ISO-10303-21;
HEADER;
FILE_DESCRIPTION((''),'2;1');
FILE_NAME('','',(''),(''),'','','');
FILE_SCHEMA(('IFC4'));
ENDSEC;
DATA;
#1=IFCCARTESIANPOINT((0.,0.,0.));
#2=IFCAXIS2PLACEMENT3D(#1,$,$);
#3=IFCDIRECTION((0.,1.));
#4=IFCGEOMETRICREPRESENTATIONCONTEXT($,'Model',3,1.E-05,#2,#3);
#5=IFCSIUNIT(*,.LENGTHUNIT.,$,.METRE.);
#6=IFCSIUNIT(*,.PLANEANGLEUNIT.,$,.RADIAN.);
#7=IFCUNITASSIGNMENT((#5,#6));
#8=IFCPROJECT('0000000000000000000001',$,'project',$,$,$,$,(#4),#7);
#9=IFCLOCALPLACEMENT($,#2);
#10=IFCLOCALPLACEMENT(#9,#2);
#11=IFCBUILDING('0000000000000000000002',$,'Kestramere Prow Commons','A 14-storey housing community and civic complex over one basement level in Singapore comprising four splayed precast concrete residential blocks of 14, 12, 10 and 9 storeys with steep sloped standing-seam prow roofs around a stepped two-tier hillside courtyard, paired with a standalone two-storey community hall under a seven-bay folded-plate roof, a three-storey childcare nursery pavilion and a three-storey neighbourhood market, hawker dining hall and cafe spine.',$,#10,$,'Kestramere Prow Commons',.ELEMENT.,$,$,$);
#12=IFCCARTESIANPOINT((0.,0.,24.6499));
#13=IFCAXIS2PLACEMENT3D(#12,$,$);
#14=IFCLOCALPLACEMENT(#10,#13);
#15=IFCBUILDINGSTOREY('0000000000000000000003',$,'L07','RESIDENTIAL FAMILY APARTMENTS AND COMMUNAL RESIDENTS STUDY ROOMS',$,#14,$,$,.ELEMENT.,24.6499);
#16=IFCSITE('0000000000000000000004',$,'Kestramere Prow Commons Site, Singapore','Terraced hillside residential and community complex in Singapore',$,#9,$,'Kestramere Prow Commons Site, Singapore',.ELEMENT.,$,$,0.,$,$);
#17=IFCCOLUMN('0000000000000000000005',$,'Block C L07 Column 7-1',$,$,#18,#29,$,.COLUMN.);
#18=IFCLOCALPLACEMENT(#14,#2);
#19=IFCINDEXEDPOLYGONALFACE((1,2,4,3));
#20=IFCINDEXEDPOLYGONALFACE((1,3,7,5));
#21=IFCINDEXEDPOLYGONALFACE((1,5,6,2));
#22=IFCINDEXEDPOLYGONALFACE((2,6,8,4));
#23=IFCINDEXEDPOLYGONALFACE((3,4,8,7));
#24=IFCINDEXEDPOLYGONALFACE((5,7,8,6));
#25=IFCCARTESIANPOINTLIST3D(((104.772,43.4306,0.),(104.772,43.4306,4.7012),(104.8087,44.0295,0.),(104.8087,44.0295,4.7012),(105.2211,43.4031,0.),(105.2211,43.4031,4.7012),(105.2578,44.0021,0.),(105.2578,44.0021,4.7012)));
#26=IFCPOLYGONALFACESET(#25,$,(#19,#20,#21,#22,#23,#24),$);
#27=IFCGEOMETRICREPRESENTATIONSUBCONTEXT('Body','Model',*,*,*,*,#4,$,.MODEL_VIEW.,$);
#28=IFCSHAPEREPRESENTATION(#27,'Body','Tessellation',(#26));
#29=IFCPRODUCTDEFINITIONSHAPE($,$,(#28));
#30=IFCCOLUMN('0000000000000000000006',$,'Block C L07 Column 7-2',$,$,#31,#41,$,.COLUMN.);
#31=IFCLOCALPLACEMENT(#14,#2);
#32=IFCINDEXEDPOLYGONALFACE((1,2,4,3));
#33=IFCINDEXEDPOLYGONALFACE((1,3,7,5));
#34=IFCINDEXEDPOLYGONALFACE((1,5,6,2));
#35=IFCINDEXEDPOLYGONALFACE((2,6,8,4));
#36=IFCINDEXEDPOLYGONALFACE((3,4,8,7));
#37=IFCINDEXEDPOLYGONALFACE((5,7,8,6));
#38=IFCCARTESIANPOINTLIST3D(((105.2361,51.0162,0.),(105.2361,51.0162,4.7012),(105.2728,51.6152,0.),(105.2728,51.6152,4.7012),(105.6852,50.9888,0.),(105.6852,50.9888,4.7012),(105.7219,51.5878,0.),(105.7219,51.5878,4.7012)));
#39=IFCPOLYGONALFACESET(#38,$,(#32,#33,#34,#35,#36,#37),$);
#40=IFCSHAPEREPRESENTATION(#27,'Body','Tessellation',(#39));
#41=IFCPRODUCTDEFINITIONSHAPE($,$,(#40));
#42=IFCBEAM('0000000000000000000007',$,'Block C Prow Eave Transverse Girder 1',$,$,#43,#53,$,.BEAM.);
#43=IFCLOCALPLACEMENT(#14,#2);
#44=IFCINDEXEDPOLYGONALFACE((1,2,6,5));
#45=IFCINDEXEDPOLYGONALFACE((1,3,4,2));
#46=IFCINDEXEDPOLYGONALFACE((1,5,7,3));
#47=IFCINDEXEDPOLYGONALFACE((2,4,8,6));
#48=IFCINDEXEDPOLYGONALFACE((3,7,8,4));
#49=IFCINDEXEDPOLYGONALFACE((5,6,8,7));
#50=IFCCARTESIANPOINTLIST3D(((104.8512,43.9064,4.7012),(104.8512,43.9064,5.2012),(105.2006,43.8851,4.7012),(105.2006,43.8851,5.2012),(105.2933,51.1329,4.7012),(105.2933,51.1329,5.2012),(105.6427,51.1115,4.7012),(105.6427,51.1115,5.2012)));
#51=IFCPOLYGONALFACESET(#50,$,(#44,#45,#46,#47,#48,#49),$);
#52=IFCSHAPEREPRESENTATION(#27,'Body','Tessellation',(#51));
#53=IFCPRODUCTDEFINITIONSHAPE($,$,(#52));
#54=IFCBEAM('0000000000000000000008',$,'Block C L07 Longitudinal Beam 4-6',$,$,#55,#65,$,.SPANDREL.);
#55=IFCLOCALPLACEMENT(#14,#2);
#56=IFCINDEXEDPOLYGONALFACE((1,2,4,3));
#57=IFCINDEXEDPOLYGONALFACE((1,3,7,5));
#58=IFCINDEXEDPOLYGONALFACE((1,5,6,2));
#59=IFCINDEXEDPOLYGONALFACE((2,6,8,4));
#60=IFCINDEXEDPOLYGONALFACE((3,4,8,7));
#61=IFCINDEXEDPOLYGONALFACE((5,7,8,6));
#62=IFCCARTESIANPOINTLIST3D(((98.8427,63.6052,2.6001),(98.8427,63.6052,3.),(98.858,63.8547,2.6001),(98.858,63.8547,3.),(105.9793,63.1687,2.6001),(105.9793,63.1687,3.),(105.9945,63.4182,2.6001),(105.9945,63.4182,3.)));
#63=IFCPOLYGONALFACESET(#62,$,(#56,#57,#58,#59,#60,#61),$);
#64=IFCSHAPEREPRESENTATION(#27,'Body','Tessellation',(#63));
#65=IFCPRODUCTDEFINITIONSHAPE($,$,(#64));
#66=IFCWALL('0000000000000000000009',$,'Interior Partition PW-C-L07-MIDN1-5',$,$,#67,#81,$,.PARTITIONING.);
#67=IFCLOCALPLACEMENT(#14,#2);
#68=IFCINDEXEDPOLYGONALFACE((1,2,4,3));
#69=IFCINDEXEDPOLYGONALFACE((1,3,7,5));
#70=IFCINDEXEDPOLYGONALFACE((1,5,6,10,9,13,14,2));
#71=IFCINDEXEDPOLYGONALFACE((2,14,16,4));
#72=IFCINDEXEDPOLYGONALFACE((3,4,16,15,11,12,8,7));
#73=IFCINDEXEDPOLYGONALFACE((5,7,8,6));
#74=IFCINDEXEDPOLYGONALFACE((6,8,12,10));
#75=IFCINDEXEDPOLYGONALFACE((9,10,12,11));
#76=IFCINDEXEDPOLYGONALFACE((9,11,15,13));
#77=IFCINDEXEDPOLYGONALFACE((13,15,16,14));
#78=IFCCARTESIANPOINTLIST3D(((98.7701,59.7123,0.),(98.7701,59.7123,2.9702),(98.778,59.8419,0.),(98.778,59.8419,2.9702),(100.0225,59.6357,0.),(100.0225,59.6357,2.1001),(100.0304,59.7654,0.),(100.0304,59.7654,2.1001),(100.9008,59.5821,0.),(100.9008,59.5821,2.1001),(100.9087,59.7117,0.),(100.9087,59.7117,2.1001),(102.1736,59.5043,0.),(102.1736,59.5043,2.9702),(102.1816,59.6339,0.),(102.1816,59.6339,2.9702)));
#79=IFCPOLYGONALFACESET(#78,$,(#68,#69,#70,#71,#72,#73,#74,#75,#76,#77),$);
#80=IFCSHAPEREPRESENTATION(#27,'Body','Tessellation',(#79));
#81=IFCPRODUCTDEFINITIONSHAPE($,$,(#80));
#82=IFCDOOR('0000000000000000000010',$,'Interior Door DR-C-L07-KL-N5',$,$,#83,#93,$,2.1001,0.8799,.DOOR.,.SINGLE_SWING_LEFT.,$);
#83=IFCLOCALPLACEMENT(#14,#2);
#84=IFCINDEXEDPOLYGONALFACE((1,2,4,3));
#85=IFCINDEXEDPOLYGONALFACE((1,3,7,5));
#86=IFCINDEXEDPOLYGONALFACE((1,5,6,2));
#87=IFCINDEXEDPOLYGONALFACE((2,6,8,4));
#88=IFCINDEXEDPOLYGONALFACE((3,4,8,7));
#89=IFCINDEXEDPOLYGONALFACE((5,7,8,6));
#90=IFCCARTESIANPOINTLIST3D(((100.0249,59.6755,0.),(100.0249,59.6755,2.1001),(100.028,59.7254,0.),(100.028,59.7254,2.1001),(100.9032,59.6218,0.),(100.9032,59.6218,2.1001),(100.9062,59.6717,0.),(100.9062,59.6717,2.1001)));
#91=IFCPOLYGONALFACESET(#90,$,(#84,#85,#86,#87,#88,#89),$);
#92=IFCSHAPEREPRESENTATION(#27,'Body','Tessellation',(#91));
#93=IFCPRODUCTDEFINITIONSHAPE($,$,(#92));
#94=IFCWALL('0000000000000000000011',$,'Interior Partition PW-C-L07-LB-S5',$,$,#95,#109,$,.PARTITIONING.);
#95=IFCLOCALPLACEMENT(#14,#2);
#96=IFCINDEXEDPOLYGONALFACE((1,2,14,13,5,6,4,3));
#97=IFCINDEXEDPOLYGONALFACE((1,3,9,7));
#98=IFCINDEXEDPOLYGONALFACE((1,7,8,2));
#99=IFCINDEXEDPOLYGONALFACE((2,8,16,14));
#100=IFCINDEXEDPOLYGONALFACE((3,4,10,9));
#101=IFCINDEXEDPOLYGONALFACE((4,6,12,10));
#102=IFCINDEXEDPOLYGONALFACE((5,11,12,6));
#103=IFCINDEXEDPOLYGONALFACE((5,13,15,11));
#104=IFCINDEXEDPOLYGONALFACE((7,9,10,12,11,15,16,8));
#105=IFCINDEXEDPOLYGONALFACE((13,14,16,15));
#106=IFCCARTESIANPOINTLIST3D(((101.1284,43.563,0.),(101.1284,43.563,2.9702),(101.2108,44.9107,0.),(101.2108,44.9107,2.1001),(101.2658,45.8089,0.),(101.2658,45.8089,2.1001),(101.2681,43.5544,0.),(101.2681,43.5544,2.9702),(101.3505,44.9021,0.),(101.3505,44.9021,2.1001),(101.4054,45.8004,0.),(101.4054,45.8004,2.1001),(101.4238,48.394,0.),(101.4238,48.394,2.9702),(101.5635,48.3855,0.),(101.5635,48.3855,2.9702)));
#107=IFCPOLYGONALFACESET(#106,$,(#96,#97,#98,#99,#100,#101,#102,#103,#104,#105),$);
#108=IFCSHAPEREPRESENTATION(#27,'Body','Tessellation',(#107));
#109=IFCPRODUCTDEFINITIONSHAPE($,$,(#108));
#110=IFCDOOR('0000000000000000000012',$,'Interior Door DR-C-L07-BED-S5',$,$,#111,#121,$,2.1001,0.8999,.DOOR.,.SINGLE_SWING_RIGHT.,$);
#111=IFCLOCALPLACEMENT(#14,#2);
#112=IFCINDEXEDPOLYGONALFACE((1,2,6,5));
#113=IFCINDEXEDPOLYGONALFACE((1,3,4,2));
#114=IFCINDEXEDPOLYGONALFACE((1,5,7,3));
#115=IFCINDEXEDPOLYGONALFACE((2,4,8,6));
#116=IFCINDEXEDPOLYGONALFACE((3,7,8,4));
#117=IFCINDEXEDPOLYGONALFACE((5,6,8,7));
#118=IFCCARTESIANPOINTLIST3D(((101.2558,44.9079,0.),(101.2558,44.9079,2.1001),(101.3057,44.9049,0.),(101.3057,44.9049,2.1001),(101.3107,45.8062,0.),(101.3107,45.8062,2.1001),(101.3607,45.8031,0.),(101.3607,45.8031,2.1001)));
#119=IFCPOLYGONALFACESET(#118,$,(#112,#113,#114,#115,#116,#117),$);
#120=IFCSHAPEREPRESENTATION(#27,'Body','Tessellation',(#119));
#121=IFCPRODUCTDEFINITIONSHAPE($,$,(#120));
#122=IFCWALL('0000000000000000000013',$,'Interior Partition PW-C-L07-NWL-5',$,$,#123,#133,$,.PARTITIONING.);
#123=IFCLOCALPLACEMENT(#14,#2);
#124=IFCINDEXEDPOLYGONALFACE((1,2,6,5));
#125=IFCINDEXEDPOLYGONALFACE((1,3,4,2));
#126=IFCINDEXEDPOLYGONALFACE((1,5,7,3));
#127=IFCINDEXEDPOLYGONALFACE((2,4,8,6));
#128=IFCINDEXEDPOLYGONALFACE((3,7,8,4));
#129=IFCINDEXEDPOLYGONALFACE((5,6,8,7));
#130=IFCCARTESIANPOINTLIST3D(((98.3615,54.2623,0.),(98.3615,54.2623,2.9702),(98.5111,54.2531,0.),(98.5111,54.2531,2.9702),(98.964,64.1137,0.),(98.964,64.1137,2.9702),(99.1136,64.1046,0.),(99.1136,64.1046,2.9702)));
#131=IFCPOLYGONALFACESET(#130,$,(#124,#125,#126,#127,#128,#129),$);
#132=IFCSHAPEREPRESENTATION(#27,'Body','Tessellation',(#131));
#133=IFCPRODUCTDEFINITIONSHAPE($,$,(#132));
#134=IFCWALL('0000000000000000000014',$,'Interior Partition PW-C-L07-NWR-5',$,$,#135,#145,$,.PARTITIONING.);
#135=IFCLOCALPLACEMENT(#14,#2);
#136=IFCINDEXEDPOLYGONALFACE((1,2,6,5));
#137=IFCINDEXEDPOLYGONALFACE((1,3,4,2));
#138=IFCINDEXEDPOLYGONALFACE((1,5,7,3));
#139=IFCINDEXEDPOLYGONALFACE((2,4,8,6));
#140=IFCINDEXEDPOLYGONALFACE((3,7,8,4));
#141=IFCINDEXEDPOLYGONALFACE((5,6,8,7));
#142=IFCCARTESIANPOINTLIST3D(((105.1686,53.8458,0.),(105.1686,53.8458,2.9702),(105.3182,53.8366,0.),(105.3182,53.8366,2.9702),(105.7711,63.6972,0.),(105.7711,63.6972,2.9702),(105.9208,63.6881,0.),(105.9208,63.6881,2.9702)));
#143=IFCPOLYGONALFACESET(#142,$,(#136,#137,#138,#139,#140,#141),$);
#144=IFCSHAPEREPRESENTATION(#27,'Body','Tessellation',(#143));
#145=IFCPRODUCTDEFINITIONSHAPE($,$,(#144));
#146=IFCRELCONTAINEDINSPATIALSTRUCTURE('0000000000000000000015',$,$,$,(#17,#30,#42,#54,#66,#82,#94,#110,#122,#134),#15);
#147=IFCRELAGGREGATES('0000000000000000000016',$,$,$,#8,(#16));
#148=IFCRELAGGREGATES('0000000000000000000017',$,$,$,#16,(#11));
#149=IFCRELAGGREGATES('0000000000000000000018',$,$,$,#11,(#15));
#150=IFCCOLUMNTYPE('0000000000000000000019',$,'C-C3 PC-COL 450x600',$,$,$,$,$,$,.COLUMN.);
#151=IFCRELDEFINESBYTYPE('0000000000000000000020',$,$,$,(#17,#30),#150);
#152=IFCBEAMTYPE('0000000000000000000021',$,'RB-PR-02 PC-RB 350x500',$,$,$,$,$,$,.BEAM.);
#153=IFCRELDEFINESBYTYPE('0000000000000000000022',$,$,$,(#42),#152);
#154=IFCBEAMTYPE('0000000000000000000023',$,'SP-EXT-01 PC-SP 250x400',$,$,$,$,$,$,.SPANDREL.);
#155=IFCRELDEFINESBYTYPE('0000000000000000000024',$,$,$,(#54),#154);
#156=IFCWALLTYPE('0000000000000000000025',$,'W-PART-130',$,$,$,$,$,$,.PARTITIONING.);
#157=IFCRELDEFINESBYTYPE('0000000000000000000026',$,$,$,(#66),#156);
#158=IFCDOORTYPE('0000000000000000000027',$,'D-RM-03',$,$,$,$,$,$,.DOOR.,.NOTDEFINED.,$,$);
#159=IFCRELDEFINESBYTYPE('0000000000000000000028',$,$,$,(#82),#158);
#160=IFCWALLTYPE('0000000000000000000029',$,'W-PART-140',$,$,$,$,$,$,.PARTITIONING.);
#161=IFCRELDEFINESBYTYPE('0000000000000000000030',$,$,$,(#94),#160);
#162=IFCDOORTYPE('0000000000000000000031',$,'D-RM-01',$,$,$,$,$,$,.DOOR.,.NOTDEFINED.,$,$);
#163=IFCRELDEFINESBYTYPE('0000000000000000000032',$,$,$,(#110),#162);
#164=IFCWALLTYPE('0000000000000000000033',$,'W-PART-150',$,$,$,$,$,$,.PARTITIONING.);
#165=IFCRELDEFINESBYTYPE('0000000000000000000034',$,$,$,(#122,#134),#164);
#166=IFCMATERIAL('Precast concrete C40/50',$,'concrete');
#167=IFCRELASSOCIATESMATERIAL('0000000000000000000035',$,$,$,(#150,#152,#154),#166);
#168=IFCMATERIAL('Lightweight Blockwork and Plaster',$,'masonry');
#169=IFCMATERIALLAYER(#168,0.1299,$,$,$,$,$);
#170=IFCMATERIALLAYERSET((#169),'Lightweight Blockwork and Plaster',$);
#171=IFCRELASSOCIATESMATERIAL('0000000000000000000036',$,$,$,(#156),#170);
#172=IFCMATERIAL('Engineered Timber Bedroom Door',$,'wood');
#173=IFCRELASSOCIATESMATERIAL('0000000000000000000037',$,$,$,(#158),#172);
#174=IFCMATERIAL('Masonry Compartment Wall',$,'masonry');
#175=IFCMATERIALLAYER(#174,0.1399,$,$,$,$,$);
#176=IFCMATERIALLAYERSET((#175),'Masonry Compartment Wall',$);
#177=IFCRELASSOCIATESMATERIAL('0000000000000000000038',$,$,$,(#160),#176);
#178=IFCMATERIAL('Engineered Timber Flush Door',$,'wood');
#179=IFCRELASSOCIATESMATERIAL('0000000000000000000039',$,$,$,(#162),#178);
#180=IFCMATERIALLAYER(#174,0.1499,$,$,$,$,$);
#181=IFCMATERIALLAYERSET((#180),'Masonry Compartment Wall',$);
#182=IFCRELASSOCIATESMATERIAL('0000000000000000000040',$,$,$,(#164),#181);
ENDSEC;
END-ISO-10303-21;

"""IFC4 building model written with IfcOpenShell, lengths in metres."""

from ifc_helpers import new_model, si_unit, direction, frame, frame_2d, origin, origin_2d, place, context, subcontext, project, spatial, rectangle, extrude, material, layer, layer_set, material_profile, profile_set, type_object, element, fill, save


model = new_model("IFC4")

# Units and contexts
model_context = context("Model", 3, precision=1e-05, world=origin(), true_north=direction((0.0, 1.0)))
body_context = subcontext(model_context, "Body", "Model", "MODEL_VIEW")
ifc_project = project(units=[si_unit("LENGTHUNIT", "METRE"), si_unit("PLANEANGLEUNIT", "RADIAN")], contexts=[model_context])

# Site, building, storey
site_placement = place(None, origin())
site = spatial("IfcSite", under=ifc_project, at=site_placement, Name="Kestramere Prow Commons Site, Singapore", Description="Terraced hillside residential and community complex in Singapore", LongName="Kestramere Prow Commons Site, Singapore", CompositionType="ELEMENT", RefElevation=0.0)
building_placement = place(site_placement, origin())
building = spatial("IfcBuilding", under=site, at=building_placement, Name="Kestramere Prow Commons", Description="A 14-storey housing community and civic complex over one basement level in Singapore comprising four splayed precast concrete residential blocks of 14, 12, 10 and 9 storeys with steep sloped standing-seam prow roofs around a stepped two-tier hillside courtyard, paired with a standalone two-storey community hall under a seven-bay folded-plate roof, a three-storey childcare nursery pavilion and a three-storey neighbourhood market, hawker dining hall and cafe spine.", LongName="Kestramere Prow Commons", CompositionType="ELEMENT")
storey_placement = place(building_placement, frame((0.0, 0.0, 24.6499)))
storey = spatial("IfcBuildingStorey", under=building, at=storey_placement, Name="L07", Description="RESIDENTIAL FAMILY APARTMENTS AND COMMUNAL RESIDENTS STUDY ROOMS", CompositionType="ELEMENT", Elevation=24.6499)

# Columns
ifc_material_1 = material(Name="Precast concrete C40/50", Category="concrete")
ifc_material_profile_1 = material_profile(ifc_material_1, rectangle(XDim=0.45, YDim=0.6001, at=origin_2d()), Name="PC-COL 450x600")
ifc_profile_set_1 = profile_set([ifc_material_profile_1], Name="Precast concrete C40/50")
column_type = type_object("IfcColumnType", Name="C-C3 PC-COL 450x600", PredefinedType="COLUMN", material=ifc_profile_set_1)
for number, where, z_axis, x_axis, name in (
    (1, (105.0149, 43.7163, 0.0), (0.0, 0.0, 1.0), (0.998135, -0.061049, 0.0), "Block C L07 Column 7-1"),
    (2, (105.479, 51.302, 0.0), (0.0, 0.0, 1.0), (0.998135, -0.061049, 0.0), "Block C L07 Column 7-2"),
):
    element("IfcColumn", number, at=place(storey_placement, frame(where, z_axis=z_axis, x_axis=x_axis)), inside=storey, type_object=column_type, Name=name, PredefinedType="COLUMN", context=body_context, shape_type="SweptSolid", body=[
        extrude(rectangle(XDim=0.45, YDim=0.6001, at=origin_2d()), origin(), (0.0, 0.0, 1.0), 4.7012),
    ])

# Beams
ifc_material_profile_2 = material_profile(ifc_material_1, rectangle(XDim=0.3501, YDim=0.5, at=origin_2d()), Name="PC-RB 350x500")
ifc_profile_set_2 = profile_set([ifc_material_profile_2], Name="Precast concrete C40/50")
beam_type_1 = type_object("IfcBeamType", Name="RB-PR-02 PC-RB 350x500", PredefinedType="BEAM", material=ifc_profile_set_2)
beam_1_placement = place(storey_placement, frame((105.0259, 43.8958, 4.9512), z_axis=(0.061068, 0.998134, 0.0), x_axis=(-0.998134, 0.061068, 0.0)))
element("IfcBeam", 3, at=beam_1_placement, inside=storey, type_object=beam_type_1, Name="Block C Prow Eave Transverse Girder 1", PredefinedType="BEAM", context=body_context, shape_type="SweptSolid", body=[
    extrude(rectangle(XDim=0.3501, YDim=0.5, at=origin_2d()), origin(), (0.0, 0.0, 1.0), 7.24),
])
ifc_material_profile_3 = material_profile(ifc_material_1, rectangle(XDim=0.25, YDim=0.3999, at=origin_2d()), Name="PC-SP 250x400")
ifc_profile_set_3 = profile_set([ifc_material_profile_3], Name="Precast concrete C40/50")
beam_type_2 = type_object("IfcBeamType", Name="SP-EXT-01 PC-SP 250x400", PredefinedType="SPANDREL", material=ifc_profile_set_3)
beam_2_placement = place(storey_placement, frame((98.8503, 63.73, 2.8), z_axis=(0.998134, -0.061054, 0.0), x_axis=(0.061054, 0.998134, 0.0)))
element("IfcBeam", 4, at=beam_2_placement, inside=storey, type_object=beam_type_2, Name="Block C L07 Longitudinal Beam 4-6", PredefinedType="SPANDREL", context=body_context, shape_type="SweptSolid", body=[
    extrude(rectangle(XDim=0.25, YDim=0.3999, at=origin_2d()), origin(), (0.0, 0.0, 1.0), 7.1499),
])

# Walls, openings, doors
ifc_material_2 = material(Name="Lightweight Blockwork and Plaster", Category="masonry")
ifc_layer_1 = layer(ifc_material_2, 0.1299)
ifc_layer_set_1 = layer_set([ifc_layer_1], Name="Lightweight Blockwork and Plaster")
wall_type_1 = type_object("IfcWallType", Name="W-PART-130", PredefinedType="PARTITIONING", material=ifc_layer_set_1)
wall_1_placement = place(storey_placement, frame((98.7739, 59.7771, 0.0), z_axis=(0.0, 0.0, 1.0), x_axis=(0.998138, -0.061001, 0.0)))
wall_1 = element("IfcWall", 5, at=wall_1_placement, inside=storey, type_object=wall_type_1, Name="Interior Partition PW-C-L07-MIDN1-5", PredefinedType="PARTITIONING", context=body_context, shape_type="SweptSolid", body=[
    extrude(rectangle(XDim=3.4099, YDim=0.1299, at=frame_2d((1.7051, 0.0))), origin(), (0.0, 0.0, 1.0), 2.9702),
])
opening_1_placement = place(wall_1_placement, frame((1.2549, 0.0, 0.0)))
opening_1 = element("IfcOpeningElement", 6, at=opening_1_placement, cuts=wall_1, PredefinedType="OPENING", context=body_context, shape_type="SweptSolid", body=[
    extrude(rectangle(XDim=0.8799, YDim=2.1001, at=frame_2d((0.4399, 1.05))), frame((0.0, 0.0798, 0.0), z_axis=(0.0, -1.0, 0.0), x_axis=(1.0, 0.0, 0.0)), (0.0, 0.0, 1.0), 0.1599),
])
ifc_material_3 = material(Name="Engineered Timber Bedroom Door", Category="wood")
door_type_1 = type_object("IfcDoorType", Name="D-RM-03", OperationType="NOTDEFINED", PredefinedType="DOOR", material=ifc_material_3)
door_1_placement = place(opening_1_placement, origin())
door_1 = element("IfcDoor", 7, at=door_1_placement, inside=storey, type_object=door_type_1, Name="Interior Door DR-C-L07-KL-N5", OperationType="SINGLE_SWING_LEFT", OverallHeight=2.1001, OverallWidth=0.8799, PredefinedType="DOOR", context=body_context, shape_type="SweptSolid", body=[
    extrude(rectangle(XDim=0.8799, YDim=2.1001, at=frame_2d((0.4399, 1.05))), frame((0.0, 0.0249, 0.0), z_axis=(0.0, -1.0, 0.0), x_axis=(1.0, 0.0, 0.0)), (0.0, 0.0, 1.0), 0.05),
])
fill(opening_1, door_1)
ifc_material_4 = material(Name="Masonry Compartment Wall", Category="masonry")
ifc_layer_2 = layer(ifc_material_4, 0.1399)
ifc_layer_set_2 = layer_set([ifc_layer_2], Name="Masonry Compartment Wall")
wall_type_2 = type_object("IfcWallType", Name="W-PART-140", PredefinedType="PARTITIONING", material=ifc_layer_set_2)
wall_2_placement = place(storey_placement, frame((101.1982, 43.5588, 0.0), z_axis=(0.0, 0.0, 1.0), x_axis=(0.061034, 0.998136, 0.0)))
wall_2 = element("IfcWall", 8, at=wall_2_placement, inside=storey, type_object=wall_type_2, Name="Interior Partition PW-C-L07-LB-S5", PredefinedType="PARTITIONING", context=body_context, shape_type="SweptSolid", body=[
    extrude(rectangle(XDim=4.8401, YDim=0.1399, at=frame_2d((2.4199, 0.0))), origin(), (0.0, 0.0, 1.0), 2.9702),
])
opening_2_placement = place(wall_2_placement, frame((1.3501, 0.0, 0.0)))
opening_2 = element("IfcOpeningElement", 9, at=opening_2_placement, cuts=wall_2, PredefinedType="OPENING", context=body_context, shape_type="SweptSolid", body=[
    extrude(rectangle(XDim=0.8999, YDim=2.1001, at=frame_2d((0.45, 1.05))), frame((0.0, 0.085, 0.0), z_axis=(0.0, -1.0, 0.0), x_axis=(1.0, 0.0, 0.0)), (0.0, 0.0, 1.0), 0.1699),
])
ifc_material_5 = material(Name="Engineered Timber Flush Door", Category="wood")
door_type_2 = type_object("IfcDoorType", Name="D-RM-01", OperationType="NOTDEFINED", PredefinedType="DOOR", material=ifc_material_5)
door_2_placement = place(opening_2_placement, origin())
door_2 = element("IfcDoor", 10, at=door_2_placement, inside=storey, type_object=door_type_2, Name="Interior Door DR-C-L07-BED-S5", OperationType="SINGLE_SWING_RIGHT", OverallHeight=2.1001, OverallWidth=0.8999, PredefinedType="DOOR", context=body_context, shape_type="SweptSolid", body=[
    extrude(rectangle(XDim=0.8999, YDim=2.1001, at=frame_2d((0.45, 1.05))), frame((0.0, 0.0249, 0.0), z_axis=(0.0, -1.0, 0.0), x_axis=(1.0, 0.0, 0.0)), (0.0, 0.0, 1.0), 0.05),
])
fill(opening_2, door_2)

# Walls
ifc_layer_3 = layer(ifc_material_4, 0.1499)
ifc_layer_set_3 = layer_set([ifc_layer_3], Name="Masonry Compartment Wall")
wall_type_3 = type_object("IfcWallType", Name="W-PART-150", PredefinedType="PARTITIONING", material=ifc_layer_set_3)
for number, where, z_axis, x_axis, name in (
    (11, (98.4363, 54.2576, 0.0), (0.0, 0.0, 1.0), (0.061048, 0.998135, 0.0), "Interior Partition PW-C-L07-NWL-5"),
    (12, (105.2434, 53.8411, 0.0), (0.0, 0.0, 1.0), (0.061048, 0.998135, 0.0), "Interior Partition PW-C-L07-NWR-5"),
):
    element("IfcWall", number, at=place(storey_placement, frame(where, z_axis=z_axis, x_axis=x_axis)), inside=storey, type_object=wall_type_3, Name=name, PredefinedType="PARTITIONING", context=body_context, shape_type="SweptSolid", body=[
        extrude(rectangle(XDim=9.8699, YDim=0.1499, at=frame_2d((4.9351, 0.0))), origin(), (0.0, 0.0, 1.0), 2.9702),
    ])

save(model, "model.ifc")
